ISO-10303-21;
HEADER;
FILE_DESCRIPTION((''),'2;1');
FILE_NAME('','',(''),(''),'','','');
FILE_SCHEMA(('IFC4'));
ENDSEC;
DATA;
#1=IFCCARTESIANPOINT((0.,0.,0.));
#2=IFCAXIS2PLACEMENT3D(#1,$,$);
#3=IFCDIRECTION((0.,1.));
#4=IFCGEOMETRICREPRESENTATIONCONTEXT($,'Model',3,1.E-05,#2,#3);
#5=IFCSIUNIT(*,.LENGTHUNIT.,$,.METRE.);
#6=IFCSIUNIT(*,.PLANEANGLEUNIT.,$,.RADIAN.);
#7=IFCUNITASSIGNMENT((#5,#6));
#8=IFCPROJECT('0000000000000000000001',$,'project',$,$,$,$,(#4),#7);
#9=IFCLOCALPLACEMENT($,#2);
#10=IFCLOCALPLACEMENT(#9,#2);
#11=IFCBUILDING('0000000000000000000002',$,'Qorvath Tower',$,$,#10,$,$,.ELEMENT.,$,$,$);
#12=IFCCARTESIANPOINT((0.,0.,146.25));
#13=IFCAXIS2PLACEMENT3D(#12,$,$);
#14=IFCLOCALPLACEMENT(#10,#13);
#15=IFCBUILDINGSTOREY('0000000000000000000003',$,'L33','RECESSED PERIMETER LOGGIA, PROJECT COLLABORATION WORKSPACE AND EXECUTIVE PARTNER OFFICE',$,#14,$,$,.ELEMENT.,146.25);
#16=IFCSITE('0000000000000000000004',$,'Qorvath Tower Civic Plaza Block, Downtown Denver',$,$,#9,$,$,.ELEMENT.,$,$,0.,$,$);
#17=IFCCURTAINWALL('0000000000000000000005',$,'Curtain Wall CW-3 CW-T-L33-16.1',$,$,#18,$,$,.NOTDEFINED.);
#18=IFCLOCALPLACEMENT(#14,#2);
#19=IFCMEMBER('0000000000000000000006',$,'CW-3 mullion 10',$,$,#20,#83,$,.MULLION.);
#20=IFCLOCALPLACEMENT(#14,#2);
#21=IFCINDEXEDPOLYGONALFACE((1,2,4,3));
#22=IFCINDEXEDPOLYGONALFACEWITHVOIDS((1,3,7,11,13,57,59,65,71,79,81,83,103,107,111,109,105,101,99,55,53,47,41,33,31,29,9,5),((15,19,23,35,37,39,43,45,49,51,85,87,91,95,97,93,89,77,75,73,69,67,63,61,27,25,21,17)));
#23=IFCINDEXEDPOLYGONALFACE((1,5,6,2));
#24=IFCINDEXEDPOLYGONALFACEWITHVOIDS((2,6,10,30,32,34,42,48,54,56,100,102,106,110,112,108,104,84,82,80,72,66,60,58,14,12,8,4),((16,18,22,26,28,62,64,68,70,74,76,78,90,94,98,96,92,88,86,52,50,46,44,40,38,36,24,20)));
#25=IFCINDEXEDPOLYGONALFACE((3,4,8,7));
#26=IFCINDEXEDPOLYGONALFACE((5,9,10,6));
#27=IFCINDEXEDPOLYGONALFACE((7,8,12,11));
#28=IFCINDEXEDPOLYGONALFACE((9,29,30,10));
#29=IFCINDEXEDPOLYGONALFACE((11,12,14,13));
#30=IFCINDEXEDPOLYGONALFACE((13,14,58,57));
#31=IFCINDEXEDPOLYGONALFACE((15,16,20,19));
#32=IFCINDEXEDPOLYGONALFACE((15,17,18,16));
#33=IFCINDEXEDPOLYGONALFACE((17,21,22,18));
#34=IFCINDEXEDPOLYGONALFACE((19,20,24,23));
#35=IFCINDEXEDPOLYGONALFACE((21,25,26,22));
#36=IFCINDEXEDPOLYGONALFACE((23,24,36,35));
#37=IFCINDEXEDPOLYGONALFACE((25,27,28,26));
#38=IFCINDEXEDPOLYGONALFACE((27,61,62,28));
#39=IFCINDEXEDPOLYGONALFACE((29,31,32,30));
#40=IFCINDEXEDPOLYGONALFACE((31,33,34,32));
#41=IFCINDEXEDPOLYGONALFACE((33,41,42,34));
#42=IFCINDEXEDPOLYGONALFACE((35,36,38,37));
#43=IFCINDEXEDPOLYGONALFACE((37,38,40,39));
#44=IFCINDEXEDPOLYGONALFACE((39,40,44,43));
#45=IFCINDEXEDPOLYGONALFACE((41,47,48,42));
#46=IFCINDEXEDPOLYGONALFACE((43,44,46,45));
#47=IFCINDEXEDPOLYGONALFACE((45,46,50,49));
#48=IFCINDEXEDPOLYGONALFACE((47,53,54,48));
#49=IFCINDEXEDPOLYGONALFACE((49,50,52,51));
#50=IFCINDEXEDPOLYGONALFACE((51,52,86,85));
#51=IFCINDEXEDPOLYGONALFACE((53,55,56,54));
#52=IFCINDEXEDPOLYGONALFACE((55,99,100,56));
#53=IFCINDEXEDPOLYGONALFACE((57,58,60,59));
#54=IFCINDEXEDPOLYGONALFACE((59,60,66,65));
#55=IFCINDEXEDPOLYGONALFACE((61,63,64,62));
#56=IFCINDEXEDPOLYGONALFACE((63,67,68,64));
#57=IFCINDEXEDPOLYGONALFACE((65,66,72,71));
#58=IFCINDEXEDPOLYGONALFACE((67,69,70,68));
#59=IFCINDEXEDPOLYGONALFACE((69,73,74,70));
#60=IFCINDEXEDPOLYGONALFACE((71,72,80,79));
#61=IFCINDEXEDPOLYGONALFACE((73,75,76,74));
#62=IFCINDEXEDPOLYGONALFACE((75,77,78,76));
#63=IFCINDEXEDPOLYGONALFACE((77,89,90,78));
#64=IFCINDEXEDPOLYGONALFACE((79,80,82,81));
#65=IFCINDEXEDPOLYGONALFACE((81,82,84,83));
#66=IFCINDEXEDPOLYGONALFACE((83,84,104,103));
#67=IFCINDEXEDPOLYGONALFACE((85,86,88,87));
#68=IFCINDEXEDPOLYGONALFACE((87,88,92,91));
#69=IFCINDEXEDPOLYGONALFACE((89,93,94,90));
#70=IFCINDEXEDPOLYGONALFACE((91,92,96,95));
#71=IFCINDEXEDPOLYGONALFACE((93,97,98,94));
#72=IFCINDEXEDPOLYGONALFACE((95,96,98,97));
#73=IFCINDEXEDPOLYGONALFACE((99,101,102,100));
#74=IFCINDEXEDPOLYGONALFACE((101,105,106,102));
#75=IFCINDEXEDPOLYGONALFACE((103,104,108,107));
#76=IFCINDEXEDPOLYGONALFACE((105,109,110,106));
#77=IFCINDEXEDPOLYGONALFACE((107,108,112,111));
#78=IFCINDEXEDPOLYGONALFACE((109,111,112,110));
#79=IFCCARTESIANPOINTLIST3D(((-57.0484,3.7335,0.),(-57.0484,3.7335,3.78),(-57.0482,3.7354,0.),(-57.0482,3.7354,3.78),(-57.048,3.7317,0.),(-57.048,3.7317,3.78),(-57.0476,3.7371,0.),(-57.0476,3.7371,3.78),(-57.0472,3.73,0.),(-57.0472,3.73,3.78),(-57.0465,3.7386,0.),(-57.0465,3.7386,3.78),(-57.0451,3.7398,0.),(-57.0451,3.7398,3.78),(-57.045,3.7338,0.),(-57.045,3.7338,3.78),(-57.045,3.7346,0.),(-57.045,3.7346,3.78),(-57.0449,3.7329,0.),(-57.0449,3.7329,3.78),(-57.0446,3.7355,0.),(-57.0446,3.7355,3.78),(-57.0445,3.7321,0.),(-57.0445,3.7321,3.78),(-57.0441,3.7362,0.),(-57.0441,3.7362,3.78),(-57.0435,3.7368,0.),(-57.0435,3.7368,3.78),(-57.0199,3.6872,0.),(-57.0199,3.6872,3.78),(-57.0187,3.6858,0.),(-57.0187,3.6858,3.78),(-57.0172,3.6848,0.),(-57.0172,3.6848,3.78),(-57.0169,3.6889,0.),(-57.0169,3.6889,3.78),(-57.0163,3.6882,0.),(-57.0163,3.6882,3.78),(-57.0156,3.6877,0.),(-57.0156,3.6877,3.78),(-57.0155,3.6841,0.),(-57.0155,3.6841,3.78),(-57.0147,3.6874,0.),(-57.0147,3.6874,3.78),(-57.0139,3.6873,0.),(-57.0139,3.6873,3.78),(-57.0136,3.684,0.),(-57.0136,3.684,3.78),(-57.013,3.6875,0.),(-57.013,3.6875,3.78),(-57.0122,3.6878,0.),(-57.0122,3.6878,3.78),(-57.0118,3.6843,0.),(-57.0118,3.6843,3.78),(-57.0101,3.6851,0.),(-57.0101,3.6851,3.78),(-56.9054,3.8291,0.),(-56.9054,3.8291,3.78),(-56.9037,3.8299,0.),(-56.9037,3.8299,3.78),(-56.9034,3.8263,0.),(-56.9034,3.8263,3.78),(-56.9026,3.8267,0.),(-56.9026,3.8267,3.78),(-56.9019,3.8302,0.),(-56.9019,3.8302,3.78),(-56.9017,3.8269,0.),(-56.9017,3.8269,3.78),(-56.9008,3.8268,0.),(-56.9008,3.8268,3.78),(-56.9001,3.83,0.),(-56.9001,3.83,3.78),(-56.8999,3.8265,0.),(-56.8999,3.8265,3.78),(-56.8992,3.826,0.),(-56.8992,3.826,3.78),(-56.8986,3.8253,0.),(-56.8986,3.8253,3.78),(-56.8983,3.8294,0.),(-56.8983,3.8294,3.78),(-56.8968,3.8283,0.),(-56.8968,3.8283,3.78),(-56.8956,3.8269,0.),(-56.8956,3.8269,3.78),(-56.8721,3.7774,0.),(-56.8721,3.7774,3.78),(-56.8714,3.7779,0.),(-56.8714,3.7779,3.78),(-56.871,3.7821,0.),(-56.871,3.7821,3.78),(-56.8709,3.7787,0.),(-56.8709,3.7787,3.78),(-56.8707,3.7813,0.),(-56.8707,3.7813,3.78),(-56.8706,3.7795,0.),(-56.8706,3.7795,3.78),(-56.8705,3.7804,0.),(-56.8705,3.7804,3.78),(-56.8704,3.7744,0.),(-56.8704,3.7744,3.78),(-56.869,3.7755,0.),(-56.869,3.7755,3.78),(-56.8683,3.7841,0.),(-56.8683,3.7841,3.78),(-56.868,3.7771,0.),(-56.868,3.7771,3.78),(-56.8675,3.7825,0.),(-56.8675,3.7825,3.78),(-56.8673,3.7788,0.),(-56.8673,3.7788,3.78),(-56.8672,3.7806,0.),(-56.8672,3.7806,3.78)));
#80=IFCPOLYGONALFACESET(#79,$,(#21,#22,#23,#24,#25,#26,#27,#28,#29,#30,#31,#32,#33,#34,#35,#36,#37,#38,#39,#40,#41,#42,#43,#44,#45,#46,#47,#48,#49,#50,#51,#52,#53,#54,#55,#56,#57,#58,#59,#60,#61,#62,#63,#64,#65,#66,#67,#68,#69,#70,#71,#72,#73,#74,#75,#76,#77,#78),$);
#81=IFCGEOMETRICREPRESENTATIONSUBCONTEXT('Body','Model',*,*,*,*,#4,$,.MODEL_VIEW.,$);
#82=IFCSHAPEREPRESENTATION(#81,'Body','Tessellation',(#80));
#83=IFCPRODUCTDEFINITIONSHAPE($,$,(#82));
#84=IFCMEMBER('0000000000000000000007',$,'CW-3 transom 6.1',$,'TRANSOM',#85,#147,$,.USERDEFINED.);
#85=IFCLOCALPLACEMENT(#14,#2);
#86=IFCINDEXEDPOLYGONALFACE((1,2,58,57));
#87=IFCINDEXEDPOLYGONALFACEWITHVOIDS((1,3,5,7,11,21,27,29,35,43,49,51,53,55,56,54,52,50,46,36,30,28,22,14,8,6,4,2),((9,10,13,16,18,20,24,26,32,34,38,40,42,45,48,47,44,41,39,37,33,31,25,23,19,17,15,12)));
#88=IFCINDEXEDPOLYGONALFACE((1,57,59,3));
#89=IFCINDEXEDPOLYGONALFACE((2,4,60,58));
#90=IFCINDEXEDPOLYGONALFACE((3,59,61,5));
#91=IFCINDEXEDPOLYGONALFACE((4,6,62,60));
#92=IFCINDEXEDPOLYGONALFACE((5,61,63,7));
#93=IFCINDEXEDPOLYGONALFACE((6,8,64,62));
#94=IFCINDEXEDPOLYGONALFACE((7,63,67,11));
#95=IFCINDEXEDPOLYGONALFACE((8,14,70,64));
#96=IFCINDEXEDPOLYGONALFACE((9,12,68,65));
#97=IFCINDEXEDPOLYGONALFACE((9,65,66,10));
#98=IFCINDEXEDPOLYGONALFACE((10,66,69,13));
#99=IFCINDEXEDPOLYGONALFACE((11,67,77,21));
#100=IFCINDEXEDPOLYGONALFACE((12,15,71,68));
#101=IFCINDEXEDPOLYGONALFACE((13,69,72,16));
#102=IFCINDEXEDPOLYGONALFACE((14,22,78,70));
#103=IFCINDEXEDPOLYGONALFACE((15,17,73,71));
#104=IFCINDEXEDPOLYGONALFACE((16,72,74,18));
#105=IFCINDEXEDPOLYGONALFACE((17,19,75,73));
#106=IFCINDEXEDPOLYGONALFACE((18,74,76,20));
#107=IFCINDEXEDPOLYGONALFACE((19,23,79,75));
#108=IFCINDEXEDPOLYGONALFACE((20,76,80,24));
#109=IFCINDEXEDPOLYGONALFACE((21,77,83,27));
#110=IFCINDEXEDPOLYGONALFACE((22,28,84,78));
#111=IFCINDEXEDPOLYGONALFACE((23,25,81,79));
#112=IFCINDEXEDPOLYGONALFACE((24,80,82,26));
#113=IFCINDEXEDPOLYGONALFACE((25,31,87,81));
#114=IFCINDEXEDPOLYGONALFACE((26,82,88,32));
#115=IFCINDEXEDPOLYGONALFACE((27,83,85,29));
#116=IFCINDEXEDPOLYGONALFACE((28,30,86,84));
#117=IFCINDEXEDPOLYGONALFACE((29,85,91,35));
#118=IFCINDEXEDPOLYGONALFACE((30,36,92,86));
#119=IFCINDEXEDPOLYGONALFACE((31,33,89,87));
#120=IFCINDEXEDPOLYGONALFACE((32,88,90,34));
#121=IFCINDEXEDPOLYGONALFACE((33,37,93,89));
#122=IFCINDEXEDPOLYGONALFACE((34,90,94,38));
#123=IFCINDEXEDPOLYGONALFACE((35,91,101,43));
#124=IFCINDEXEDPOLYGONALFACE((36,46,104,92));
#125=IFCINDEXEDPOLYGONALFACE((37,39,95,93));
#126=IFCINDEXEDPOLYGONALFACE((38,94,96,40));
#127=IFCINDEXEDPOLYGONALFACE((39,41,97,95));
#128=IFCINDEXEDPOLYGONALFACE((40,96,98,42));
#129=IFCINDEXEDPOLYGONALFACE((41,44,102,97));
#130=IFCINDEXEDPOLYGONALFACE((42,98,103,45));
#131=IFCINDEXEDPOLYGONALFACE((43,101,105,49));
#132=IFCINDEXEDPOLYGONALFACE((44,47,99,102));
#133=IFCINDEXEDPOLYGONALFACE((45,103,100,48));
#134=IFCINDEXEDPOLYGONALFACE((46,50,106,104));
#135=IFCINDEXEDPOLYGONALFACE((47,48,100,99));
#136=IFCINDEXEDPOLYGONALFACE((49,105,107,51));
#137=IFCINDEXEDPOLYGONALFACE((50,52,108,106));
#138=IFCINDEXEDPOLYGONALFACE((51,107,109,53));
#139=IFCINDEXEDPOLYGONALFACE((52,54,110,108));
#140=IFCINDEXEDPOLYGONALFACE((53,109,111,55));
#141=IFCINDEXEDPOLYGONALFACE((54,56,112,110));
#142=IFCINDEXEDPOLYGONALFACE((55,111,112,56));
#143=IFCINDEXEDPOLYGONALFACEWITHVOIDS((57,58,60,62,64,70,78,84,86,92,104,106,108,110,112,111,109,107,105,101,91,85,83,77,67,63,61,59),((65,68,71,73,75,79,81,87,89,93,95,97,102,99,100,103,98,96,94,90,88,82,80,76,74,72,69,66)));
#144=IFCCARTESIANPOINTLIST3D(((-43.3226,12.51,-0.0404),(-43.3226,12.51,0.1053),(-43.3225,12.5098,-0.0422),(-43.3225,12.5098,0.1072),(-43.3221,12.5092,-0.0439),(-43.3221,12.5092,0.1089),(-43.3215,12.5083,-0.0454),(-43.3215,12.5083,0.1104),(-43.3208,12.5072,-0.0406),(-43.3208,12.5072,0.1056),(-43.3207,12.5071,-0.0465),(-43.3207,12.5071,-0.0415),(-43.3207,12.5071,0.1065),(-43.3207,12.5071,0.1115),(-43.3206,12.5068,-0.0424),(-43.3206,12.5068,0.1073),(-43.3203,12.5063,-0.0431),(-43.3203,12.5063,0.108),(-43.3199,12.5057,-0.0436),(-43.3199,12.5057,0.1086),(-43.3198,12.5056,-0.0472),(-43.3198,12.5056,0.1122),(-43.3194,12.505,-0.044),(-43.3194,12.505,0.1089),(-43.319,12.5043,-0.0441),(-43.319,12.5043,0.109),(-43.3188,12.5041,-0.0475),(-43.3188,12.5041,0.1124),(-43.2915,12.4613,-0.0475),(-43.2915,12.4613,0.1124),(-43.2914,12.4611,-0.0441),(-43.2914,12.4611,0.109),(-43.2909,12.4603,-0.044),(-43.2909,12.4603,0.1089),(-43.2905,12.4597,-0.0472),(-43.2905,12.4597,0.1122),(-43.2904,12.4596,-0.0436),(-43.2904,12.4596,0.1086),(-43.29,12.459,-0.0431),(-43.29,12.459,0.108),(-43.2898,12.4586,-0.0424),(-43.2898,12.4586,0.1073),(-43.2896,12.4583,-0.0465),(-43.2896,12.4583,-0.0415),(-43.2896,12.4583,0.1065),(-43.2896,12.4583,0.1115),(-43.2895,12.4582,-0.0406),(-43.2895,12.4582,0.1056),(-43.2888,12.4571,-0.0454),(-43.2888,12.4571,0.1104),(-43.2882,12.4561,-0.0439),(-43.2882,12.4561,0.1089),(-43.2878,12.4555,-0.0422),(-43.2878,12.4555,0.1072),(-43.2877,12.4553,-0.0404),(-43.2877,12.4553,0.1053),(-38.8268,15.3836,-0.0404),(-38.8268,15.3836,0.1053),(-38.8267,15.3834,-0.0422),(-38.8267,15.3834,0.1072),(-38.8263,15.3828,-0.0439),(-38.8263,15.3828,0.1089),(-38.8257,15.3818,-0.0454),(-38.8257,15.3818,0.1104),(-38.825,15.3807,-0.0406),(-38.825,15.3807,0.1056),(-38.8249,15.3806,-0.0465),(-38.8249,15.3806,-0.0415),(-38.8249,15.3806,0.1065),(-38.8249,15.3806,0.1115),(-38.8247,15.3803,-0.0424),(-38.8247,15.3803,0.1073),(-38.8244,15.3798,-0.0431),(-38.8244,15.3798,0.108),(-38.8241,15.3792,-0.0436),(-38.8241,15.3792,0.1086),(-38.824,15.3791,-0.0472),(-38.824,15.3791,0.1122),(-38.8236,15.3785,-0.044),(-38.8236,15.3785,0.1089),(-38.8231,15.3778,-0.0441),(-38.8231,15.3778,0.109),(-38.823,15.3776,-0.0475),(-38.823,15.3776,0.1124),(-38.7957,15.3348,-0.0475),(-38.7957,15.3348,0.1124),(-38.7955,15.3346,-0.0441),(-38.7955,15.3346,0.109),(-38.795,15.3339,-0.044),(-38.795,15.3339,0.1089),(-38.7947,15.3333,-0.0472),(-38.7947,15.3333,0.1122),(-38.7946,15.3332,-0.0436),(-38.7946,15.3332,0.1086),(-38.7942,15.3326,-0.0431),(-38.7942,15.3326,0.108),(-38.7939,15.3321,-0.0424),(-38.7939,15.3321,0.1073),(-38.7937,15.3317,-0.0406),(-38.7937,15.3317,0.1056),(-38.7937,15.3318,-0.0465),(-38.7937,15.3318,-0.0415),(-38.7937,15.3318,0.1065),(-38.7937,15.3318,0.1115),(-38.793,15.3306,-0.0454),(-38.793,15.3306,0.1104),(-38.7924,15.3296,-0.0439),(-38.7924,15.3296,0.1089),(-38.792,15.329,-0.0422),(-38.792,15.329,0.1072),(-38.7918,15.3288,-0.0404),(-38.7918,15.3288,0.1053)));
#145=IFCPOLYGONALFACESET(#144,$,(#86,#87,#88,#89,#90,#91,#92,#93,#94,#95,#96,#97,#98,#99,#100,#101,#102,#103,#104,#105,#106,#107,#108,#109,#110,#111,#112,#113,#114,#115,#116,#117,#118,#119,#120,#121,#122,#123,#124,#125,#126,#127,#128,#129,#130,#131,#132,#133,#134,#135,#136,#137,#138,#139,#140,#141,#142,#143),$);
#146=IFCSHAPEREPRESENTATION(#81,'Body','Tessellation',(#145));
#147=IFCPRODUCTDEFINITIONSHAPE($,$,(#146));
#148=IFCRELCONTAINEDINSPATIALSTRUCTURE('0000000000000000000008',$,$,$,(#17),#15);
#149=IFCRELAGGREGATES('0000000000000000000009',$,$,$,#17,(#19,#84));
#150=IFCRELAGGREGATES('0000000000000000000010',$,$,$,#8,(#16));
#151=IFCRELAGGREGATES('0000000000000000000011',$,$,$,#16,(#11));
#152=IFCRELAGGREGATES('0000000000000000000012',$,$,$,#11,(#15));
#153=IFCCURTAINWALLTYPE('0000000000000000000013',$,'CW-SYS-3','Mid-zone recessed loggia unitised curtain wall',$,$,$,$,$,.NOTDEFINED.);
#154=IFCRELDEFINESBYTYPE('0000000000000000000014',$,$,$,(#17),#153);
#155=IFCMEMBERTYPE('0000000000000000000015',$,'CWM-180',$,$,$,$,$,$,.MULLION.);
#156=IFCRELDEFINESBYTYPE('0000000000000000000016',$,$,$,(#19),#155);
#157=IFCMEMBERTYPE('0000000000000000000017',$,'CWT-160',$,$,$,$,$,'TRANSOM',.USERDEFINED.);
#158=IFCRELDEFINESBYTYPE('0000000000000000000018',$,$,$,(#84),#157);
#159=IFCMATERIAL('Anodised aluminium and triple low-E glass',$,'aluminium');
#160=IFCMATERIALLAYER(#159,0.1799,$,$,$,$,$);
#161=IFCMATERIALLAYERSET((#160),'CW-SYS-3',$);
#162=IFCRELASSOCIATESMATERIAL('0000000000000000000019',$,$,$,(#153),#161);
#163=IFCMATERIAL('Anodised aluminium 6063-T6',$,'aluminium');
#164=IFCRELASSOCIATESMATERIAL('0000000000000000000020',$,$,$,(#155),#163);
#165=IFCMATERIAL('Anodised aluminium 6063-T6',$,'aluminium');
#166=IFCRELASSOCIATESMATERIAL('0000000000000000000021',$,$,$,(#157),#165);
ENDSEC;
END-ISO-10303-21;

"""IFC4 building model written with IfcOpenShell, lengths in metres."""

from ifc_helpers import new_model, si_unit, direction, frame, origin, origin_2d, place, context, subcontext, project, spatial, hollow_rectangle, extrude, material, layer, layer_set, material_profile, profile_set, type_object, element, aggregate, save


model = new_model("IFC4")

# Units and contexts
model_context = context("Model", 3, precision=1e-05, world=origin(), true_north=direction((0.0, 1.0)))
body_context = subcontext(model_context, "Body", "Model", "MODEL_VIEW")
ifc_project = project(units=[si_unit("LENGTHUNIT", "METRE"), si_unit("PLANEANGLEUNIT", "RADIAN")], contexts=[model_context])

# Site, building, storey
site_placement = place(None, origin())
site = spatial("IfcSite", under=ifc_project, at=site_placement, Name="Qorvath Tower Civic Plaza Block, Downtown Denver", CompositionType="ELEMENT", RefElevation=0.0)
building_placement = place(site_placement, origin())
building = spatial("IfcBuilding", under=site, at=building_placement, Name="Qorvath Tower", CompositionType="ELEMENT")
storey_placement = place(building_placement, frame((0.0, 0.0, 146.25)))
storey = spatial("IfcBuildingStorey", under=building, at=storey_placement, Name="L33", Description="RECESSED PERIMETER LOGGIA, PROJECT COLLABORATION WORKSPACE AND EXECUTIVE PARTNER OFFICE", CompositionType="ELEMENT", Elevation=146.25)

# Curtain wall, members
ifc_material_1 = material(Name="Anodised aluminium and triple low-E glass", Category="aluminium")
ifc_layer_1 = layer(ifc_material_1, 0.1799)
ifc_layer_set_1 = layer_set([ifc_layer_1], Name="CW-SYS-3")
curtain_wall_type = type_object("IfcCurtainWallType", Name="CW-SYS-3", Description="Mid-zone recessed loggia unitised curtain wall", PredefinedType="NOTDEFINED", material=ifc_layer_set_1)
curtain_wall_placement = place(storey_placement, origin())
curtain_wall = element("IfcCurtainWall", 1, at=curtain_wall_placement, inside=storey, type_object=curtain_wall_type, Name="Curtain Wall CW-3 CW-T-L33-16.1", PredefinedType="NOTDEFINED")
ifc_material_2 = material(Name="Anodised aluminium 6063-T6", Category="aluminium")
ifc_material_profile_1 = material_profile(ifc_material_2, hollow_rectangle(XDim=0.0649, YDim=0.1799, WallThickness=0.0034, InnerFilletRadius=0.0034, OuterFilletRadius=0.0071, at=origin_2d()), Name="CWM 180x65")
ifc_profile_set_1 = profile_set([ifc_material_profile_1], Name="Anodised aluminium 6063-T6")
member_type_1 = type_object("IfcMemberType", Name="CWM-180", PredefinedType="MULLION", material=ifc_profile_set_1)
member_1_placement = place(storey_placement, frame((-56.9578, 3.7571, 0.0), z_axis=(0.0, 0.0, 1.0), x_axis=(0.538533, -0.842604, 0.0)))
member_1 = element("IfcMember", 2, at=member_1_placement, type_object=member_type_1, Name="CW-3 mullion 10", PredefinedType="MULLION", context=body_context, shape_type="SweptSolid", body=[
    extrude(hollow_rectangle(XDim=0.0649, YDim=0.1799, WallThickness=0.0034, InnerFilletRadius=0.0034, OuterFilletRadius=0.0071, at=origin_2d()), origin(), (0.0, 0.0, 1.0), 3.78),
])
ifc_material_3 = material(Name="Anodised aluminium 6063-T6", Category="aluminium")
ifc_material_profile_2 = material_profile(ifc_material_3, hollow_rectangle(XDim=0.0649, YDim=0.1599, WallThickness=0.0034, InnerFilletRadius=0.0034, OuterFilletRadius=0.0071, at=origin_2d()), Name="CWT 160x65")
ifc_profile_set_2 = profile_set([ifc_material_profile_2], Name="Anodised aluminium 6063-T6")
member_type_2 = type_object("IfcMemberType", Name="CWT-160", ElementType="TRANSOM", PredefinedType="USERDEFINED", material=ifc_profile_set_2)
member_2_placement = place(storey_placement, frame((-38.8093, 15.3562, 0.0325), z_axis=(-0.842595, -0.538547, 0.0), x_axis=(0.538547, -0.842595, 0.0)))
member_2 = element("IfcMember", 3, at=member_2_placement, type_object=member_type_2, Name="CW-3 transom 6.1", ObjectType="TRANSOM", PredefinedType="USERDEFINED", context=body_context, shape_type="SweptSolid", body=[
    extrude(hollow_rectangle(XDim=0.0649, YDim=0.1599, WallThickness=0.0034, InnerFilletRadius=0.0034, OuterFilletRadius=0.0071, at=origin_2d()), origin(), (0.0, 0.0, 1.0), 5.3357),
])
aggregate(curtain_wall, [member_1, member_2])

save(model, "model.ifc")
